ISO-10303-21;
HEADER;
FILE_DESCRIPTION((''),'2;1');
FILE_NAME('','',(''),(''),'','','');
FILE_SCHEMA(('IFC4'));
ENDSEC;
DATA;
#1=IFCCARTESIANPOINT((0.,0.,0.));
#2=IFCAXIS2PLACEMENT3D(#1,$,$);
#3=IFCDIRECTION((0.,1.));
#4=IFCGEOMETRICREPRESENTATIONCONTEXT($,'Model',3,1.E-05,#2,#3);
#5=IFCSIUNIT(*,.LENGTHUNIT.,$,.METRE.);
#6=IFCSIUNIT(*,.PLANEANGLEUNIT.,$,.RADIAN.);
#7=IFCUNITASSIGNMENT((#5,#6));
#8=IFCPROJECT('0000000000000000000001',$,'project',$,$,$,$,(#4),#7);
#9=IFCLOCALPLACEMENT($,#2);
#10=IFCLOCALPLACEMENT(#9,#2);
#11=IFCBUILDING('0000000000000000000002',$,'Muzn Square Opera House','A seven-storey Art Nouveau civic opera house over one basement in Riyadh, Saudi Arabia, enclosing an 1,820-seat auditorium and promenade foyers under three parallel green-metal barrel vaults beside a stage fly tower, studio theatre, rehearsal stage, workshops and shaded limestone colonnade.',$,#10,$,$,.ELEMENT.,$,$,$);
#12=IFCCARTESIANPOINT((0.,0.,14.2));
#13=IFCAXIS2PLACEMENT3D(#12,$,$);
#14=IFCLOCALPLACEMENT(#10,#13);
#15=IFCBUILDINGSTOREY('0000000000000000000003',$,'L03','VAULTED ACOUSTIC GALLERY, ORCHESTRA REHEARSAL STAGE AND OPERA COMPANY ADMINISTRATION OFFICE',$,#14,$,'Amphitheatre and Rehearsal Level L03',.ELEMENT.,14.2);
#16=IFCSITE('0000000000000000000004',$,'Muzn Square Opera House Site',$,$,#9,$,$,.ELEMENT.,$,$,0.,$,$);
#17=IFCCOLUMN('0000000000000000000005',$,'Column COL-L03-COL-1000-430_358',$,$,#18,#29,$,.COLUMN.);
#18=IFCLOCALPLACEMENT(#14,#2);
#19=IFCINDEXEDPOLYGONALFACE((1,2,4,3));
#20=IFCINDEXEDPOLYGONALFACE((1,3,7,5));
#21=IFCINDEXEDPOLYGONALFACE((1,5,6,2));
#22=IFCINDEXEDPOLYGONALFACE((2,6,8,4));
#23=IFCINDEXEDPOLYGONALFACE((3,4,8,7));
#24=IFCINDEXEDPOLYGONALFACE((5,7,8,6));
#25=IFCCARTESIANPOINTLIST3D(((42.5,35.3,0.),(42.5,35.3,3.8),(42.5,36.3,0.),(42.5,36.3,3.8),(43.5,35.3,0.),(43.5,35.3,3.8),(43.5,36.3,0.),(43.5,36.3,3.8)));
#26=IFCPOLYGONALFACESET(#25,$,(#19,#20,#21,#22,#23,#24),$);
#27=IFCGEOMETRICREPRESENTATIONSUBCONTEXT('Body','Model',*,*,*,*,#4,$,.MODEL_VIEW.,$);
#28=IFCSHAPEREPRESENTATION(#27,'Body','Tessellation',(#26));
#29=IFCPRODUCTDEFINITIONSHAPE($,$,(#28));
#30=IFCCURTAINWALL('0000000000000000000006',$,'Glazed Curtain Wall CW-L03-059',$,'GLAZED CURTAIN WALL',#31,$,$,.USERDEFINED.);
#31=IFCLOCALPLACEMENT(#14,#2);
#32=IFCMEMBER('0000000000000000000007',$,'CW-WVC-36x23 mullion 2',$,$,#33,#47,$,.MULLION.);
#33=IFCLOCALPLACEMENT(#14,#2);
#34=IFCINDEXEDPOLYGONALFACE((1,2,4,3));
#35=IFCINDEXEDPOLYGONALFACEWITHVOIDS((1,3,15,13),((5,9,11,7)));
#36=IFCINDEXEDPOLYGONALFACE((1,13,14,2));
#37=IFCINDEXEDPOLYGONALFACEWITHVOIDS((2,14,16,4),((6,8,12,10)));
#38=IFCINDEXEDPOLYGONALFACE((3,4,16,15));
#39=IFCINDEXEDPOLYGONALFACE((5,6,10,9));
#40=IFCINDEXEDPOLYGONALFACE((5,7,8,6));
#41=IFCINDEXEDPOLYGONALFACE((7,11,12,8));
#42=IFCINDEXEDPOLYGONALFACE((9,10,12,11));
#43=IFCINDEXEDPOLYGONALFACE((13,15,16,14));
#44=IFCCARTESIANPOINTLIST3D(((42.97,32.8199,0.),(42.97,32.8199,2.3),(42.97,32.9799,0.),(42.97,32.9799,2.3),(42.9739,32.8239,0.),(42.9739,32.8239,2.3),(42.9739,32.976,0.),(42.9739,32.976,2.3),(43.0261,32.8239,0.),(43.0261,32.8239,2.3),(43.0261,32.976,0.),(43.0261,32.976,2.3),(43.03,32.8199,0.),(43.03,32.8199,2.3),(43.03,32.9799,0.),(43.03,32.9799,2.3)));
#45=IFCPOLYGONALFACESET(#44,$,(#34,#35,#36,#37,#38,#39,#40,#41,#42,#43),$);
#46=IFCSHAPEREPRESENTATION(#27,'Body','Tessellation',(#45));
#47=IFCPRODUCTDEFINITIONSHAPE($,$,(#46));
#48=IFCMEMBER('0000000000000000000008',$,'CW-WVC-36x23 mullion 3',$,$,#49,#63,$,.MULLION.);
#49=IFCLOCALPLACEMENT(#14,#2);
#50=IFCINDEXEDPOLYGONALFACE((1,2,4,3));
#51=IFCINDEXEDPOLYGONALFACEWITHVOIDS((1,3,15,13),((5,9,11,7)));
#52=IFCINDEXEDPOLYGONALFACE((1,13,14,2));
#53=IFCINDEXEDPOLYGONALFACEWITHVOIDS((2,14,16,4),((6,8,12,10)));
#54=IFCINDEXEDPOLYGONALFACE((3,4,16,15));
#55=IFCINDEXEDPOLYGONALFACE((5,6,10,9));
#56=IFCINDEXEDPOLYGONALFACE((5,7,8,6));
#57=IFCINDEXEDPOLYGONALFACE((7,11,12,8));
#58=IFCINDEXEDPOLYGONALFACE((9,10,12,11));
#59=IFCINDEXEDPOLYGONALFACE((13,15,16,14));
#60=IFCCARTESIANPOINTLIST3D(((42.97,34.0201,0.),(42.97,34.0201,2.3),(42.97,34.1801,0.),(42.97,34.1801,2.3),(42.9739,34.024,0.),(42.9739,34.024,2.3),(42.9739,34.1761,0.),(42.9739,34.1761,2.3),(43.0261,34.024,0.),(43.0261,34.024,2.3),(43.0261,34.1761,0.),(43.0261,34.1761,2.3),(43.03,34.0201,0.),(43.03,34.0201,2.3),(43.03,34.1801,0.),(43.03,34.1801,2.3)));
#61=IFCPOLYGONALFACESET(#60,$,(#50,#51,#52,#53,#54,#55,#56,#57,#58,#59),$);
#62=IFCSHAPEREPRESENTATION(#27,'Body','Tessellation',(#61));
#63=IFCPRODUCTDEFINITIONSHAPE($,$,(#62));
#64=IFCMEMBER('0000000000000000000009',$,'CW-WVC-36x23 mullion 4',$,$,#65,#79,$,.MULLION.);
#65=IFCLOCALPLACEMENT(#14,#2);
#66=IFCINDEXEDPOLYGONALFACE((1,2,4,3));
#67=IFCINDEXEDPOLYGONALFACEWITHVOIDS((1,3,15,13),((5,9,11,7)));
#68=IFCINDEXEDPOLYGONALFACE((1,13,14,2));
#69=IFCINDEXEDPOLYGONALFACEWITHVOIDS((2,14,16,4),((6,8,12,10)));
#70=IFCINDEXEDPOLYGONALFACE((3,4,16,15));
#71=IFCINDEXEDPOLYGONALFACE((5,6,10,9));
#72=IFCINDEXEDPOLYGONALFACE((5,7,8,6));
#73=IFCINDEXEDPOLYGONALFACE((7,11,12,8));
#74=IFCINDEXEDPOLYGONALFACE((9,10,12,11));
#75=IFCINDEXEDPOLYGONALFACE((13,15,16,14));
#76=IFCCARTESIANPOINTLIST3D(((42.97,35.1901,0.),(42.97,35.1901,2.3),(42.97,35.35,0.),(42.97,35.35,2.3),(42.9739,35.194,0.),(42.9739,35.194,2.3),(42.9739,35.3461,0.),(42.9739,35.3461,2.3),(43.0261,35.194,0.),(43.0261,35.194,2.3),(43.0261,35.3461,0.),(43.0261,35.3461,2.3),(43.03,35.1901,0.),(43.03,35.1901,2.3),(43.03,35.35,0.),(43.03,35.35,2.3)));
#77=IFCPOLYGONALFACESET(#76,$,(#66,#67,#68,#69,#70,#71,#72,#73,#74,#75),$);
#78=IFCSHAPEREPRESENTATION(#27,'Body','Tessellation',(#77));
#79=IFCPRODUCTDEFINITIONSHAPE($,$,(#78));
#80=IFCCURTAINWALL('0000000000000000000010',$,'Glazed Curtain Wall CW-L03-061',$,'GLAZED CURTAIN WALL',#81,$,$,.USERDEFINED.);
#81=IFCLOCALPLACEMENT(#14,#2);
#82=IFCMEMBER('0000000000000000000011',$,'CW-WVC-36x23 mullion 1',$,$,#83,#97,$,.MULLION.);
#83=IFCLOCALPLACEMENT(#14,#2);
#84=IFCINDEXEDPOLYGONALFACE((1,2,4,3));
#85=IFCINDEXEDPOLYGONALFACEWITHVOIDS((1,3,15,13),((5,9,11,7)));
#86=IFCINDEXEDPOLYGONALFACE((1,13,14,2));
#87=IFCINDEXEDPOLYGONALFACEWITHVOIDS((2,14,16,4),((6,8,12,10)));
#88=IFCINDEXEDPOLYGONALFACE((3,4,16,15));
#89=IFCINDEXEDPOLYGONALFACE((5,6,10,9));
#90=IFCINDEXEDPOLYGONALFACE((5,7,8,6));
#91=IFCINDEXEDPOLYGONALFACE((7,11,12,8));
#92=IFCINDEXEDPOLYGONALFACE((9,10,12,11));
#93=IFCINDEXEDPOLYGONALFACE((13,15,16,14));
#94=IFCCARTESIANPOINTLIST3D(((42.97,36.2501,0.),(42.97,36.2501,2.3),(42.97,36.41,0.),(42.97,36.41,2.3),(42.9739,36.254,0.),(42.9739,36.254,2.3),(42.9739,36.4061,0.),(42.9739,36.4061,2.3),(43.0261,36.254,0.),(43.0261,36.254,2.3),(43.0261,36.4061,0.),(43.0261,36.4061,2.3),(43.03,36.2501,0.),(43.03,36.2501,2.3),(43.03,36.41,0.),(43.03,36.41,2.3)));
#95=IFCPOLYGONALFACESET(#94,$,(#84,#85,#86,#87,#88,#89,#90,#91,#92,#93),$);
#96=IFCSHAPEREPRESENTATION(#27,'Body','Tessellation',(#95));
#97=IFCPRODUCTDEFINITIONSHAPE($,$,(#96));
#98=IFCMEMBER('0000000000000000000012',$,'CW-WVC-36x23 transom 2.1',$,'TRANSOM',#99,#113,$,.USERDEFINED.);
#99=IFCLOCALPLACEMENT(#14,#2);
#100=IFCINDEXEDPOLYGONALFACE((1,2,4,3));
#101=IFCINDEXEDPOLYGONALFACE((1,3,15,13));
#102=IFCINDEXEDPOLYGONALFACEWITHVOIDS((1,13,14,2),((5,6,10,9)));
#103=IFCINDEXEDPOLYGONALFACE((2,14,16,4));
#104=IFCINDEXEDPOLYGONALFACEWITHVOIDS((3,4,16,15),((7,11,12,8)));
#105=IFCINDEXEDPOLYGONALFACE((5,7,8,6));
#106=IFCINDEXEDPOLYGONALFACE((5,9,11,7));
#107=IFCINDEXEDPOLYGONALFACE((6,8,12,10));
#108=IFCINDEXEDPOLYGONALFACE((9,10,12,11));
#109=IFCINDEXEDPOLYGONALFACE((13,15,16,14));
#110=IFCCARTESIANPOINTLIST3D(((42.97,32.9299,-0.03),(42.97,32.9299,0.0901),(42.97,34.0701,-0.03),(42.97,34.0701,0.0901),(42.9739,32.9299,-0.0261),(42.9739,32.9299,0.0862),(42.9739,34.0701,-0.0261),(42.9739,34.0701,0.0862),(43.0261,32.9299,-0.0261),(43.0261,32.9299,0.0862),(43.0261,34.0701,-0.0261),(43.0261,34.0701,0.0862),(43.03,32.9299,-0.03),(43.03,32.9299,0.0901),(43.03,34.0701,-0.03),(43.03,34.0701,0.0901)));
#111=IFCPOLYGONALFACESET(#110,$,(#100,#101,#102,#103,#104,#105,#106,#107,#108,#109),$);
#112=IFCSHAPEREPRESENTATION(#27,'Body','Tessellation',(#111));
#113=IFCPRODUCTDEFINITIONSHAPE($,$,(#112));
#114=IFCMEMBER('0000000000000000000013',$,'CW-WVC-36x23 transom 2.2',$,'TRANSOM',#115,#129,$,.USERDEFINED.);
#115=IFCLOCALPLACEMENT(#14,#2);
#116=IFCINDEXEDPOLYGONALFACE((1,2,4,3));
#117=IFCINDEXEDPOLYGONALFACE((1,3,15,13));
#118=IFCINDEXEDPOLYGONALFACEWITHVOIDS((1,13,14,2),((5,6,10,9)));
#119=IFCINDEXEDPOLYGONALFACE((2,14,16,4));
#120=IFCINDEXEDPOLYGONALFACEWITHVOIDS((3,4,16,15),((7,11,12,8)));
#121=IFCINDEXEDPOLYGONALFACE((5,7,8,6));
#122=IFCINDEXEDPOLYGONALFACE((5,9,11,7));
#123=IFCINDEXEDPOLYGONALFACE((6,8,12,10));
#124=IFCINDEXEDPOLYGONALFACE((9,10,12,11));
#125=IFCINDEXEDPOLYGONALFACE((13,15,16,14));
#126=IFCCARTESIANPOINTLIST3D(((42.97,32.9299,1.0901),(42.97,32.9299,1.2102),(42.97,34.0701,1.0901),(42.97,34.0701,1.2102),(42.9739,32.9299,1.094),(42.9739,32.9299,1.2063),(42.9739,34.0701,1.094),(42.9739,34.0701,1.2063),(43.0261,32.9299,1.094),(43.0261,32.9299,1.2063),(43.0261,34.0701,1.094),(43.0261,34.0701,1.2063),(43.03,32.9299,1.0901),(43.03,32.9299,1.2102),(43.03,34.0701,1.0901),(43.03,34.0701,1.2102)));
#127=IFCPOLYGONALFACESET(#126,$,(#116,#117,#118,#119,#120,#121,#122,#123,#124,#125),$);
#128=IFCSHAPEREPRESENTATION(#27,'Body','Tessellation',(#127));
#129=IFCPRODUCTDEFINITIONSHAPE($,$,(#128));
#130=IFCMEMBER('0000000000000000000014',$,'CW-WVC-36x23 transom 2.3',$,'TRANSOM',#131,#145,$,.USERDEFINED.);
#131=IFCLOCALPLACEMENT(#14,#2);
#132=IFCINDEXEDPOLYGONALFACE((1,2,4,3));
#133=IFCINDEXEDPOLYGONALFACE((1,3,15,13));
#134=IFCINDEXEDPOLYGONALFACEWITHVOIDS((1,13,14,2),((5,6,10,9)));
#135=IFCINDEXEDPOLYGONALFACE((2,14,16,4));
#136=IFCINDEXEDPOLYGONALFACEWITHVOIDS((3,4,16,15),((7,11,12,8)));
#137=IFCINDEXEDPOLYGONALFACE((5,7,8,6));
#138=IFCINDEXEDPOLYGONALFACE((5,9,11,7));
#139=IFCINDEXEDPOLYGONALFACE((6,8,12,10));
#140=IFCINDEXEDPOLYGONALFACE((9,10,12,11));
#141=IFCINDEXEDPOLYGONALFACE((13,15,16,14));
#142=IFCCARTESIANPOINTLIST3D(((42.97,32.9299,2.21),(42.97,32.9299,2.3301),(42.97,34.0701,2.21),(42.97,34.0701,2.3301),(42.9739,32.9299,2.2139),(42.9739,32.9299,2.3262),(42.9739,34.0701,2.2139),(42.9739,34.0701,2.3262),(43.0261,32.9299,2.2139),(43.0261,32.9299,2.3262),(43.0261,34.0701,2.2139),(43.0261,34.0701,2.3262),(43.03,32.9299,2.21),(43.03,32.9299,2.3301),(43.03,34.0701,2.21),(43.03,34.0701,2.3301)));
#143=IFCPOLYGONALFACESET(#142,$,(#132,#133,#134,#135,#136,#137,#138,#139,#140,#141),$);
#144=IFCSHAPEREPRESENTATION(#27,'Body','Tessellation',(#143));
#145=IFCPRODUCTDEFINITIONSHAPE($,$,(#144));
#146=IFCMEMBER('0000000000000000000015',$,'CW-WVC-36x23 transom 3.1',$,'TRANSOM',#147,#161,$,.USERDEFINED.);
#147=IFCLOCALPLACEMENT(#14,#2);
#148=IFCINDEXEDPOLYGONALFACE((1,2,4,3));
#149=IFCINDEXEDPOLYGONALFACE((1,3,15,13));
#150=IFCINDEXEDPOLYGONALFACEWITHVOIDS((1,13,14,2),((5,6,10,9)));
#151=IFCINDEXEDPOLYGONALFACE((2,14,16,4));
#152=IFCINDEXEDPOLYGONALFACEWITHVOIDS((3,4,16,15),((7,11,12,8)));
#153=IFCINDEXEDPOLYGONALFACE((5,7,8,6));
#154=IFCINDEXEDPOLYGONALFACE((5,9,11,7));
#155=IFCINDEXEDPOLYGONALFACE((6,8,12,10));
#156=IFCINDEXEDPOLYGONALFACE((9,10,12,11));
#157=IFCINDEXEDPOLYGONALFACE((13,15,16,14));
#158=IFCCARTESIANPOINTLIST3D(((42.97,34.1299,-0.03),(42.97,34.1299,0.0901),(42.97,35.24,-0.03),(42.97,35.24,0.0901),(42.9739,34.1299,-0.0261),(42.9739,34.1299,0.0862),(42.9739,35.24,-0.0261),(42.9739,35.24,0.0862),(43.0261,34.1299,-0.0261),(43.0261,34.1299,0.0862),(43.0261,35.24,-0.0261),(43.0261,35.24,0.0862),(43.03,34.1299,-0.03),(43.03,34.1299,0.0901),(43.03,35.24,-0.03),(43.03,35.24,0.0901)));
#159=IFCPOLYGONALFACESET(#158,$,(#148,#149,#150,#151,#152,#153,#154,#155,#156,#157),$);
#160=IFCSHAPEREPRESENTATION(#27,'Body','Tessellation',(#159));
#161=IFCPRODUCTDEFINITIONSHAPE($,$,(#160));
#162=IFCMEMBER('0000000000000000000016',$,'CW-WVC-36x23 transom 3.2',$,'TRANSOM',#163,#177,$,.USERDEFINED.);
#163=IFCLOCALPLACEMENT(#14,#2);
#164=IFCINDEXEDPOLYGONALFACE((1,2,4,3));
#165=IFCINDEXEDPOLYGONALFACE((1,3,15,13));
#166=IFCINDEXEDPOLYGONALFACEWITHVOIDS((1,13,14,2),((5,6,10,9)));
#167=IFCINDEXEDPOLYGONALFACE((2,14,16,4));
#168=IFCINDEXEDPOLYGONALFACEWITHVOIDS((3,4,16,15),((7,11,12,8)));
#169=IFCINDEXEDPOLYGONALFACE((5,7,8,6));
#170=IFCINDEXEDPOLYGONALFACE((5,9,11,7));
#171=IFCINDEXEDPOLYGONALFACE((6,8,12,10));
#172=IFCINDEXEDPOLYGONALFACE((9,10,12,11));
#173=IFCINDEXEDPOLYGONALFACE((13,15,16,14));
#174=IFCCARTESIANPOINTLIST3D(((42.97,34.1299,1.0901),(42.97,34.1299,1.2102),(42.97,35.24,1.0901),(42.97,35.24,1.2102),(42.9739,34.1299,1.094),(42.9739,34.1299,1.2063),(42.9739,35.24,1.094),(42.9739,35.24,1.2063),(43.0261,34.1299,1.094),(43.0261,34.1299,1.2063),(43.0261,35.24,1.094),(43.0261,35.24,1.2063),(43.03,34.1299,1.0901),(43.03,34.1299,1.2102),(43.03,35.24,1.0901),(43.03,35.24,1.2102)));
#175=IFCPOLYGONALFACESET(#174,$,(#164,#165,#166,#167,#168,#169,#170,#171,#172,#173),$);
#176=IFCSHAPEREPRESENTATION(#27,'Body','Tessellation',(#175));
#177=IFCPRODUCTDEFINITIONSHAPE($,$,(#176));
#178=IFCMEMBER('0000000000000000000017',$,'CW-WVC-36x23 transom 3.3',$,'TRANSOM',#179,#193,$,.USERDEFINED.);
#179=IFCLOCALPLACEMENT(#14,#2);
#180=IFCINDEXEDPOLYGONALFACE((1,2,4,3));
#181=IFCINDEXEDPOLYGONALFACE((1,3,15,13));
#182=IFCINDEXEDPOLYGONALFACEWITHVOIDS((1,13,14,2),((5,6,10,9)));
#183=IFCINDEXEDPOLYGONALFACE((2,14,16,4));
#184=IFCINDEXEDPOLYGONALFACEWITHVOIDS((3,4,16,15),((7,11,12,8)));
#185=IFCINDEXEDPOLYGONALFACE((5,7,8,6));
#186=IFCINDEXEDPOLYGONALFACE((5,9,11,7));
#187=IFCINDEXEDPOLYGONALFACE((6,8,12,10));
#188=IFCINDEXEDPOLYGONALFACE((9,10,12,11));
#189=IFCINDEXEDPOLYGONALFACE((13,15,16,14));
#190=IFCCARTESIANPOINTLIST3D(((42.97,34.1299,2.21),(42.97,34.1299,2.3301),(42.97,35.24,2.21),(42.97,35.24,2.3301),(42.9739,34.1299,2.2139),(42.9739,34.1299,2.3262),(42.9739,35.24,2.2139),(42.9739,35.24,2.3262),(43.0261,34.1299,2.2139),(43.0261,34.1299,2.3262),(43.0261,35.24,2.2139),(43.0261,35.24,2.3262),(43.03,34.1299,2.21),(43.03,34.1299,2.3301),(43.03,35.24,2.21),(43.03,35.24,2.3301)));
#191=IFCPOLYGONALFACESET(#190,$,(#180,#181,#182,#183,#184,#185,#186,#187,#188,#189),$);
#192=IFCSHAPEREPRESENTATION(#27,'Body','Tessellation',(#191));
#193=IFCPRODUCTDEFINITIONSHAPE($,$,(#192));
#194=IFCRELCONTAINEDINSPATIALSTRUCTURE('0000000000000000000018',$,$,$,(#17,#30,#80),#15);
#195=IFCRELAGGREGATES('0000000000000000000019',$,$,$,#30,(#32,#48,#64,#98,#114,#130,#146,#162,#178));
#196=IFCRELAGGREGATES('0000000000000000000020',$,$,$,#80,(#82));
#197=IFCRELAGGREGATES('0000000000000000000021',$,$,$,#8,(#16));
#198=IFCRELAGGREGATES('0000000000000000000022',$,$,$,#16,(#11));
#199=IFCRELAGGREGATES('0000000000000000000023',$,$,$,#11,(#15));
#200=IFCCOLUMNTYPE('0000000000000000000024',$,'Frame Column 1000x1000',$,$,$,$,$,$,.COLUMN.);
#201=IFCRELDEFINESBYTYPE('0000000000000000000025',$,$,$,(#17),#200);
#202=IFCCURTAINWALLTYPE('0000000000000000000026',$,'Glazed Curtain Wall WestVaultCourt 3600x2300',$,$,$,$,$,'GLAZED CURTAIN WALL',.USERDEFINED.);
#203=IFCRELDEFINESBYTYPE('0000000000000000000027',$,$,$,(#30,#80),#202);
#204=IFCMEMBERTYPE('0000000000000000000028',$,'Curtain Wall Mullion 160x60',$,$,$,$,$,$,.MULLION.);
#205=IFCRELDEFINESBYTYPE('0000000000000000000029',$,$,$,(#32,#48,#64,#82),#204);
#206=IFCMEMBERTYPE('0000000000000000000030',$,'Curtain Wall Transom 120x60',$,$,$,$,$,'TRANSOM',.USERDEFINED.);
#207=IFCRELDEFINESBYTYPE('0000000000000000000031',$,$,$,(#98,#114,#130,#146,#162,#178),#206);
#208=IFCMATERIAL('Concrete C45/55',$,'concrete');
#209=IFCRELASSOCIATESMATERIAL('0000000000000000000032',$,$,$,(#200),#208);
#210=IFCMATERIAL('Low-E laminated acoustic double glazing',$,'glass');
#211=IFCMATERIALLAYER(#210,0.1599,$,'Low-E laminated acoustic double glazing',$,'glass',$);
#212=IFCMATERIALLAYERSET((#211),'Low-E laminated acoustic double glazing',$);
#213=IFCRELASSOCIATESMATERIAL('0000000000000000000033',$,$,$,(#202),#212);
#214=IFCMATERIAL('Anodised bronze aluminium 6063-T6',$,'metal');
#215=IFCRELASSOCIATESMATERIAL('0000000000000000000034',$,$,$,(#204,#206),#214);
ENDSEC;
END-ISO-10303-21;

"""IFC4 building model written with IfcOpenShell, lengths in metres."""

from ifc_helpers import new_model, si_unit, direction, frame, origin, origin_2d, place, context, subcontext, project, spatial, rectangle, hollow_rectangle, extrude, material, layer, layer_set, material_profile, profile_set, type_object, element, aggregate, save


model = new_model("IFC4")

# Units and contexts
model_context = context("Model", 3, precision=1e-05, world=origin(), true_north=direction((0.0, 1.0)))
body_context = subcontext(model_context, "Body", "Model", "MODEL_VIEW")
ifc_project = project(units=[si_unit("LENGTHUNIT", "METRE"), si_unit("PLANEANGLEUNIT", "RADIAN")], contexts=[model_context])

# Site, building, storey
site_placement = place(None, origin())
site = spatial("IfcSite", under=ifc_project, at=site_placement, Name="Muzn Square Opera House Site", CompositionType="ELEMENT", RefElevation=0.0)
building_placement = place(site_placement, origin())
building = spatial("IfcBuilding", under=site, at=building_placement, Name="Muzn Square Opera House", Description="A seven-storey Art Nouveau civic opera house over one basement in Riyadh, Saudi Arabia, enclosing an 1,820-seat auditorium and promenade foyers under three parallel green-metal barrel vaults beside a stage fly tower, studio theatre, rehearsal stage, workshops and shaded limestone colonnade.", CompositionType="ELEMENT")
storey_placement = place(building_placement, frame((0.0, 0.0, 14.2)))
storey = spatial("IfcBuildingStorey", under=building, at=storey_placement, Name="L03", Description="VAULTED ACOUSTIC GALLERY, ORCHESTRA REHEARSAL STAGE AND OPERA COMPANY ADMINISTRATION OFFICE", LongName="Amphitheatre and Rehearsal Level L03", CompositionType="ELEMENT", Elevation=14.2)

# Column
ifc_material_1 = material(Name="Concrete C45/55", Category="concrete")
ifc_material_profile_1 = material_profile(ifc_material_1, rectangle(XDim=1.0, YDim=1.0, at=origin_2d()), Name="RC 1000x1000", Category="concrete")
ifc_profile_set_1 = profile_set([ifc_material_profile_1], Name="Concrete C45/55")
column_type = type_object("IfcColumnType", Name="Frame Column 1000x1000", PredefinedType="COLUMN", material=ifc_profile_set_1)
column_placement = place(storey_placement, frame((43.0, 35.8, 0.0), z_axis=(0.0, 0.0, 1.0), x_axis=(1.0, 0.0, 0.0)))
element("IfcColumn", 1, at=column_placement, inside=storey, type_object=column_type, Name="Column COL-L03-COL-1000-430_358", PredefinedType="COLUMN", context=body_context, shape_type="SweptSolid", body=[
    extrude(rectangle(XDim=1.0, YDim=1.0, at=origin_2d()), origin(), (0.0, 0.0, 1.0), 3.8),
])

# Curtain wall, members
ifc_material_2 = material(Name="Low-E laminated acoustic double glazing", Category="glass")
ifc_layer_1 = layer(ifc_material_2, 0.1599, Name="Low-E laminated acoustic double glazing", Category="glass")
ifc_layer_set_1 = layer_set([ifc_layer_1], Name="Low-E laminated acoustic double glazing")
curtain_wall_type = type_object("IfcCurtainWallType", Name="Glazed Curtain Wall WestVaultCourt 3600x2300", ElementType="GLAZED CURTAIN WALL", PredefinedType="USERDEFINED", material=ifc_layer_set_1)
curtain_wall_1_placement = place(storey_placement, origin())
curtain_wall_1 = element("IfcCurtainWall", 2, at=curtain_wall_1_placement, inside=storey, type_object=curtain_wall_type, Name="Glazed Curtain Wall CW-L03-059", ObjectType="GLAZED CURTAIN WALL", PredefinedType="USERDEFINED")
ifc_material_3 = material(Name="Anodised bronze aluminium 6063-T6", Category="metal")
ifc_material_profile_2 = material_profile(ifc_material_3, hollow_rectangle(XDim=0.0601, YDim=0.1599, WallThickness=0.0039, at=origin_2d()), Name="ALU 160x60x4", Category="metal")
ifc_profile_set_2 = profile_set([ifc_material_profile_2], Name="Anodised bronze aluminium 6063-T6")
member_type_1 = type_object("IfcMemberType", Name="Curtain Wall Mullion 160x60", PredefinedType="MULLION", material=ifc_profile_set_2)
member_1_placement = place(storey_placement, frame((43.0, 32.8999, 0.0), z_axis=(0.0, 0.0, 1.0), x_axis=(-1.0, 0.0, 0.0)))
member_1 = element("IfcMember", 3, at=member_1_placement, type_object=member_type_1, Name="CW-WVC-36x23 mullion 2", PredefinedType="MULLION", context=body_context, shape_type="SweptSolid", body=[
    extrude(hollow_rectangle(XDim=0.0601, YDim=0.1599, WallThickness=0.0039, at=origin_2d()), origin(), (0.0, 0.0, 1.0), 2.3),
])
member_2_placement = place(storey_placement, frame((43.0, 34.1001, 0.0), z_axis=(0.0, 0.0, 1.0), x_axis=(-1.0, 0.0, 0.0)))
member_2 = element("IfcMember", 4, at=member_2_placement, type_object=member_type_1, Name="CW-WVC-36x23 mullion 3", PredefinedType="MULLION", context=body_context, shape_type="SweptSolid", body=[
    extrude(hollow_rectangle(XDim=0.0601, YDim=0.1599, WallThickness=0.0039, at=origin_2d()), origin(), (0.0, 0.0, 1.0), 2.3),
])
member_3_placement = place(storey_placement, frame((43.0, 35.27, 0.0), z_axis=(0.0, 0.0, 1.0), x_axis=(-1.0, 0.0, 0.0)))
member_3 = element("IfcMember", 5, at=member_3_placement, type_object=member_type_1, Name="CW-WVC-36x23 mullion 4", PredefinedType="MULLION", context=body_context, shape_type="SweptSolid", body=[
    extrude(hollow_rectangle(XDim=0.0601, YDim=0.1599, WallThickness=0.0039, at=origin_2d()), origin(), (0.0, 0.0, 1.0), 2.3),
])

# Curtain wall, member
curtain_wall_2_placement = place(storey_placement, origin())
curtain_wall_2 = element("IfcCurtainWall", 6, at=curtain_wall_2_placement, inside=storey, type_object=curtain_wall_type, Name="Glazed Curtain Wall CW-L03-061", ObjectType="GLAZED CURTAIN WALL", PredefinedType="USERDEFINED")
member_4_placement = place(storey_placement, frame((43.0, 36.3301, 0.0), z_axis=(0.0, 0.0, 1.0), x_axis=(-1.0, 0.0, 0.0)))
member_4 = element("IfcMember", 7, at=member_4_placement, type_object=member_type_1, Name="CW-WVC-36x23 mullion 1", PredefinedType="MULLION", context=body_context, shape_type="SweptSolid", body=[
    extrude(hollow_rectangle(XDim=0.0601, YDim=0.1599, WallThickness=0.0039, at=origin_2d()), origin(), (0.0, 0.0, 1.0), 2.3),
])

# Members
ifc_material_profile_3 = material_profile(ifc_material_3, hollow_rectangle(XDim=0.0601, YDim=0.1201, WallThickness=0.0039, at=origin_2d()), Name="ALU 120x60x4", Category="metal")
ifc_profile_set_3 = profile_set([ifc_material_profile_3], Name="Anodised bronze aluminium 6063-T6")
member_type_2 = type_object("IfcMemberType", Name="Curtain Wall Transom 120x60", ElementType="TRANSOM", PredefinedType="USERDEFINED", material=ifc_profile_set_3)
member_5_placement = place(storey_placement, frame((43.0, 32.9299, 0.03), z_axis=(0.0, 1.0, 0.0), x_axis=(-1.0, 0.0, 0.0)))
member_5 = element("IfcMember", 8, at=member_5_placement, type_object=member_type_2, Name="CW-WVC-36x23 transom 2.1", ObjectType="TRANSOM", PredefinedType="USERDEFINED", context=body_context, shape_type="SweptSolid", body=[
    extrude(hollow_rectangle(XDim=0.0601, YDim=0.1201, WallThickness=0.0039, at=origin_2d()), origin(), (0.0, 0.0, 1.0), 1.1401),
])
member_6_placement = place(storey_placement, frame((43.0, 32.9299, 1.1501), z_axis=(0.0, 1.0, 0.0), x_axis=(-1.0, 0.0, 0.0)))
member_6 = element("IfcMember", 9, at=member_6_placement, type_object=member_type_2, Name="CW-WVC-36x23 transom 2.2", ObjectType="TRANSOM", PredefinedType="USERDEFINED", context=body_context, shape_type="SweptSolid", body=[
    extrude(hollow_rectangle(XDim=0.0601, YDim=0.1201, WallThickness=0.0039, at=origin_2d()), origin(), (0.0, 0.0, 1.0), 1.1401),
])
member_7_placement = place(storey_placement, frame((43.0, 32.9299, 2.27), z_axis=(0.0, 1.0, 0.0), x_axis=(-1.0, 0.0, 0.0)))
member_7 = element("IfcMember", 10, at=member_7_placement, type_object=member_type_2, Name="CW-WVC-36x23 transom 2.3", ObjectType="TRANSOM", PredefinedType="USERDEFINED", context=body_context, shape_type="SweptSolid", body=[
    extrude(hollow_rectangle(XDim=0.0601, YDim=0.1201, WallThickness=0.0039, at=origin_2d()), origin(), (0.0, 0.0, 1.0), 1.1401),
])
member_8_placement = place(storey_placement, frame((43.0, 34.1299, 0.03), z_axis=(0.0, 1.0, 0.0), x_axis=(-1.0, 0.0, 0.0)))
member_8 = element("IfcMember", 11, at=member_8_placement, type_object=member_type_2, Name="CW-WVC-36x23 transom 3.1", ObjectType="TRANSOM", PredefinedType="USERDEFINED", context=body_context, shape_type="SweptSolid", body=[
    extrude(hollow_rectangle(XDim=0.0601, YDim=0.1201, WallThickness=0.0039, at=origin_2d()), origin(), (0.0, 0.0, 1.0), 1.1101),
])
member_9_placement = place(storey_placement, frame((43.0, 34.1299, 1.1501), z_axis=(0.0, 1.0, 0.0), x_axis=(-1.0, 0.0, 0.0)))
member_9 = element("IfcMember", 12, at=member_9_placement, type_object=member_type_2, Name="CW-WVC-36x23 transom 3.2", ObjectType="TRANSOM", PredefinedType="USERDEFINED", context=body_context, shape_type="SweptSolid", body=[
    extrude(hollow_rectangle(XDim=0.0601, YDim=0.1201, WallThickness=0.0039, at=origin_2d()), origin(), (0.0, 0.0, 1.0), 1.1101),
])
member_10_placement = place(storey_placement, frame((43.0, 34.1299, 2.27), z_axis=(0.0, 1.0, 0.0), x_axis=(-1.0, 0.0, 0.0)))
member_10 = element("IfcMember", 13, at=member_10_placement, type_object=member_type_2, Name="CW-WVC-36x23 transom 3.3", ObjectType="TRANSOM", PredefinedType="USERDEFINED", context=body_context, shape_type="SweptSolid", body=[
    extrude(hollow_rectangle(XDim=0.0601, YDim=0.1201, WallThickness=0.0039, at=origin_2d()), origin(), (0.0, 0.0, 1.0), 1.1101),
])

aggregate(curtain_wall_1, [member_1, member_2, member_3, member_5, member_6, member_7, member_8, member_9, member_10])
aggregate(curtain_wall_2, [member_4])

save(model, "model.ifc")
